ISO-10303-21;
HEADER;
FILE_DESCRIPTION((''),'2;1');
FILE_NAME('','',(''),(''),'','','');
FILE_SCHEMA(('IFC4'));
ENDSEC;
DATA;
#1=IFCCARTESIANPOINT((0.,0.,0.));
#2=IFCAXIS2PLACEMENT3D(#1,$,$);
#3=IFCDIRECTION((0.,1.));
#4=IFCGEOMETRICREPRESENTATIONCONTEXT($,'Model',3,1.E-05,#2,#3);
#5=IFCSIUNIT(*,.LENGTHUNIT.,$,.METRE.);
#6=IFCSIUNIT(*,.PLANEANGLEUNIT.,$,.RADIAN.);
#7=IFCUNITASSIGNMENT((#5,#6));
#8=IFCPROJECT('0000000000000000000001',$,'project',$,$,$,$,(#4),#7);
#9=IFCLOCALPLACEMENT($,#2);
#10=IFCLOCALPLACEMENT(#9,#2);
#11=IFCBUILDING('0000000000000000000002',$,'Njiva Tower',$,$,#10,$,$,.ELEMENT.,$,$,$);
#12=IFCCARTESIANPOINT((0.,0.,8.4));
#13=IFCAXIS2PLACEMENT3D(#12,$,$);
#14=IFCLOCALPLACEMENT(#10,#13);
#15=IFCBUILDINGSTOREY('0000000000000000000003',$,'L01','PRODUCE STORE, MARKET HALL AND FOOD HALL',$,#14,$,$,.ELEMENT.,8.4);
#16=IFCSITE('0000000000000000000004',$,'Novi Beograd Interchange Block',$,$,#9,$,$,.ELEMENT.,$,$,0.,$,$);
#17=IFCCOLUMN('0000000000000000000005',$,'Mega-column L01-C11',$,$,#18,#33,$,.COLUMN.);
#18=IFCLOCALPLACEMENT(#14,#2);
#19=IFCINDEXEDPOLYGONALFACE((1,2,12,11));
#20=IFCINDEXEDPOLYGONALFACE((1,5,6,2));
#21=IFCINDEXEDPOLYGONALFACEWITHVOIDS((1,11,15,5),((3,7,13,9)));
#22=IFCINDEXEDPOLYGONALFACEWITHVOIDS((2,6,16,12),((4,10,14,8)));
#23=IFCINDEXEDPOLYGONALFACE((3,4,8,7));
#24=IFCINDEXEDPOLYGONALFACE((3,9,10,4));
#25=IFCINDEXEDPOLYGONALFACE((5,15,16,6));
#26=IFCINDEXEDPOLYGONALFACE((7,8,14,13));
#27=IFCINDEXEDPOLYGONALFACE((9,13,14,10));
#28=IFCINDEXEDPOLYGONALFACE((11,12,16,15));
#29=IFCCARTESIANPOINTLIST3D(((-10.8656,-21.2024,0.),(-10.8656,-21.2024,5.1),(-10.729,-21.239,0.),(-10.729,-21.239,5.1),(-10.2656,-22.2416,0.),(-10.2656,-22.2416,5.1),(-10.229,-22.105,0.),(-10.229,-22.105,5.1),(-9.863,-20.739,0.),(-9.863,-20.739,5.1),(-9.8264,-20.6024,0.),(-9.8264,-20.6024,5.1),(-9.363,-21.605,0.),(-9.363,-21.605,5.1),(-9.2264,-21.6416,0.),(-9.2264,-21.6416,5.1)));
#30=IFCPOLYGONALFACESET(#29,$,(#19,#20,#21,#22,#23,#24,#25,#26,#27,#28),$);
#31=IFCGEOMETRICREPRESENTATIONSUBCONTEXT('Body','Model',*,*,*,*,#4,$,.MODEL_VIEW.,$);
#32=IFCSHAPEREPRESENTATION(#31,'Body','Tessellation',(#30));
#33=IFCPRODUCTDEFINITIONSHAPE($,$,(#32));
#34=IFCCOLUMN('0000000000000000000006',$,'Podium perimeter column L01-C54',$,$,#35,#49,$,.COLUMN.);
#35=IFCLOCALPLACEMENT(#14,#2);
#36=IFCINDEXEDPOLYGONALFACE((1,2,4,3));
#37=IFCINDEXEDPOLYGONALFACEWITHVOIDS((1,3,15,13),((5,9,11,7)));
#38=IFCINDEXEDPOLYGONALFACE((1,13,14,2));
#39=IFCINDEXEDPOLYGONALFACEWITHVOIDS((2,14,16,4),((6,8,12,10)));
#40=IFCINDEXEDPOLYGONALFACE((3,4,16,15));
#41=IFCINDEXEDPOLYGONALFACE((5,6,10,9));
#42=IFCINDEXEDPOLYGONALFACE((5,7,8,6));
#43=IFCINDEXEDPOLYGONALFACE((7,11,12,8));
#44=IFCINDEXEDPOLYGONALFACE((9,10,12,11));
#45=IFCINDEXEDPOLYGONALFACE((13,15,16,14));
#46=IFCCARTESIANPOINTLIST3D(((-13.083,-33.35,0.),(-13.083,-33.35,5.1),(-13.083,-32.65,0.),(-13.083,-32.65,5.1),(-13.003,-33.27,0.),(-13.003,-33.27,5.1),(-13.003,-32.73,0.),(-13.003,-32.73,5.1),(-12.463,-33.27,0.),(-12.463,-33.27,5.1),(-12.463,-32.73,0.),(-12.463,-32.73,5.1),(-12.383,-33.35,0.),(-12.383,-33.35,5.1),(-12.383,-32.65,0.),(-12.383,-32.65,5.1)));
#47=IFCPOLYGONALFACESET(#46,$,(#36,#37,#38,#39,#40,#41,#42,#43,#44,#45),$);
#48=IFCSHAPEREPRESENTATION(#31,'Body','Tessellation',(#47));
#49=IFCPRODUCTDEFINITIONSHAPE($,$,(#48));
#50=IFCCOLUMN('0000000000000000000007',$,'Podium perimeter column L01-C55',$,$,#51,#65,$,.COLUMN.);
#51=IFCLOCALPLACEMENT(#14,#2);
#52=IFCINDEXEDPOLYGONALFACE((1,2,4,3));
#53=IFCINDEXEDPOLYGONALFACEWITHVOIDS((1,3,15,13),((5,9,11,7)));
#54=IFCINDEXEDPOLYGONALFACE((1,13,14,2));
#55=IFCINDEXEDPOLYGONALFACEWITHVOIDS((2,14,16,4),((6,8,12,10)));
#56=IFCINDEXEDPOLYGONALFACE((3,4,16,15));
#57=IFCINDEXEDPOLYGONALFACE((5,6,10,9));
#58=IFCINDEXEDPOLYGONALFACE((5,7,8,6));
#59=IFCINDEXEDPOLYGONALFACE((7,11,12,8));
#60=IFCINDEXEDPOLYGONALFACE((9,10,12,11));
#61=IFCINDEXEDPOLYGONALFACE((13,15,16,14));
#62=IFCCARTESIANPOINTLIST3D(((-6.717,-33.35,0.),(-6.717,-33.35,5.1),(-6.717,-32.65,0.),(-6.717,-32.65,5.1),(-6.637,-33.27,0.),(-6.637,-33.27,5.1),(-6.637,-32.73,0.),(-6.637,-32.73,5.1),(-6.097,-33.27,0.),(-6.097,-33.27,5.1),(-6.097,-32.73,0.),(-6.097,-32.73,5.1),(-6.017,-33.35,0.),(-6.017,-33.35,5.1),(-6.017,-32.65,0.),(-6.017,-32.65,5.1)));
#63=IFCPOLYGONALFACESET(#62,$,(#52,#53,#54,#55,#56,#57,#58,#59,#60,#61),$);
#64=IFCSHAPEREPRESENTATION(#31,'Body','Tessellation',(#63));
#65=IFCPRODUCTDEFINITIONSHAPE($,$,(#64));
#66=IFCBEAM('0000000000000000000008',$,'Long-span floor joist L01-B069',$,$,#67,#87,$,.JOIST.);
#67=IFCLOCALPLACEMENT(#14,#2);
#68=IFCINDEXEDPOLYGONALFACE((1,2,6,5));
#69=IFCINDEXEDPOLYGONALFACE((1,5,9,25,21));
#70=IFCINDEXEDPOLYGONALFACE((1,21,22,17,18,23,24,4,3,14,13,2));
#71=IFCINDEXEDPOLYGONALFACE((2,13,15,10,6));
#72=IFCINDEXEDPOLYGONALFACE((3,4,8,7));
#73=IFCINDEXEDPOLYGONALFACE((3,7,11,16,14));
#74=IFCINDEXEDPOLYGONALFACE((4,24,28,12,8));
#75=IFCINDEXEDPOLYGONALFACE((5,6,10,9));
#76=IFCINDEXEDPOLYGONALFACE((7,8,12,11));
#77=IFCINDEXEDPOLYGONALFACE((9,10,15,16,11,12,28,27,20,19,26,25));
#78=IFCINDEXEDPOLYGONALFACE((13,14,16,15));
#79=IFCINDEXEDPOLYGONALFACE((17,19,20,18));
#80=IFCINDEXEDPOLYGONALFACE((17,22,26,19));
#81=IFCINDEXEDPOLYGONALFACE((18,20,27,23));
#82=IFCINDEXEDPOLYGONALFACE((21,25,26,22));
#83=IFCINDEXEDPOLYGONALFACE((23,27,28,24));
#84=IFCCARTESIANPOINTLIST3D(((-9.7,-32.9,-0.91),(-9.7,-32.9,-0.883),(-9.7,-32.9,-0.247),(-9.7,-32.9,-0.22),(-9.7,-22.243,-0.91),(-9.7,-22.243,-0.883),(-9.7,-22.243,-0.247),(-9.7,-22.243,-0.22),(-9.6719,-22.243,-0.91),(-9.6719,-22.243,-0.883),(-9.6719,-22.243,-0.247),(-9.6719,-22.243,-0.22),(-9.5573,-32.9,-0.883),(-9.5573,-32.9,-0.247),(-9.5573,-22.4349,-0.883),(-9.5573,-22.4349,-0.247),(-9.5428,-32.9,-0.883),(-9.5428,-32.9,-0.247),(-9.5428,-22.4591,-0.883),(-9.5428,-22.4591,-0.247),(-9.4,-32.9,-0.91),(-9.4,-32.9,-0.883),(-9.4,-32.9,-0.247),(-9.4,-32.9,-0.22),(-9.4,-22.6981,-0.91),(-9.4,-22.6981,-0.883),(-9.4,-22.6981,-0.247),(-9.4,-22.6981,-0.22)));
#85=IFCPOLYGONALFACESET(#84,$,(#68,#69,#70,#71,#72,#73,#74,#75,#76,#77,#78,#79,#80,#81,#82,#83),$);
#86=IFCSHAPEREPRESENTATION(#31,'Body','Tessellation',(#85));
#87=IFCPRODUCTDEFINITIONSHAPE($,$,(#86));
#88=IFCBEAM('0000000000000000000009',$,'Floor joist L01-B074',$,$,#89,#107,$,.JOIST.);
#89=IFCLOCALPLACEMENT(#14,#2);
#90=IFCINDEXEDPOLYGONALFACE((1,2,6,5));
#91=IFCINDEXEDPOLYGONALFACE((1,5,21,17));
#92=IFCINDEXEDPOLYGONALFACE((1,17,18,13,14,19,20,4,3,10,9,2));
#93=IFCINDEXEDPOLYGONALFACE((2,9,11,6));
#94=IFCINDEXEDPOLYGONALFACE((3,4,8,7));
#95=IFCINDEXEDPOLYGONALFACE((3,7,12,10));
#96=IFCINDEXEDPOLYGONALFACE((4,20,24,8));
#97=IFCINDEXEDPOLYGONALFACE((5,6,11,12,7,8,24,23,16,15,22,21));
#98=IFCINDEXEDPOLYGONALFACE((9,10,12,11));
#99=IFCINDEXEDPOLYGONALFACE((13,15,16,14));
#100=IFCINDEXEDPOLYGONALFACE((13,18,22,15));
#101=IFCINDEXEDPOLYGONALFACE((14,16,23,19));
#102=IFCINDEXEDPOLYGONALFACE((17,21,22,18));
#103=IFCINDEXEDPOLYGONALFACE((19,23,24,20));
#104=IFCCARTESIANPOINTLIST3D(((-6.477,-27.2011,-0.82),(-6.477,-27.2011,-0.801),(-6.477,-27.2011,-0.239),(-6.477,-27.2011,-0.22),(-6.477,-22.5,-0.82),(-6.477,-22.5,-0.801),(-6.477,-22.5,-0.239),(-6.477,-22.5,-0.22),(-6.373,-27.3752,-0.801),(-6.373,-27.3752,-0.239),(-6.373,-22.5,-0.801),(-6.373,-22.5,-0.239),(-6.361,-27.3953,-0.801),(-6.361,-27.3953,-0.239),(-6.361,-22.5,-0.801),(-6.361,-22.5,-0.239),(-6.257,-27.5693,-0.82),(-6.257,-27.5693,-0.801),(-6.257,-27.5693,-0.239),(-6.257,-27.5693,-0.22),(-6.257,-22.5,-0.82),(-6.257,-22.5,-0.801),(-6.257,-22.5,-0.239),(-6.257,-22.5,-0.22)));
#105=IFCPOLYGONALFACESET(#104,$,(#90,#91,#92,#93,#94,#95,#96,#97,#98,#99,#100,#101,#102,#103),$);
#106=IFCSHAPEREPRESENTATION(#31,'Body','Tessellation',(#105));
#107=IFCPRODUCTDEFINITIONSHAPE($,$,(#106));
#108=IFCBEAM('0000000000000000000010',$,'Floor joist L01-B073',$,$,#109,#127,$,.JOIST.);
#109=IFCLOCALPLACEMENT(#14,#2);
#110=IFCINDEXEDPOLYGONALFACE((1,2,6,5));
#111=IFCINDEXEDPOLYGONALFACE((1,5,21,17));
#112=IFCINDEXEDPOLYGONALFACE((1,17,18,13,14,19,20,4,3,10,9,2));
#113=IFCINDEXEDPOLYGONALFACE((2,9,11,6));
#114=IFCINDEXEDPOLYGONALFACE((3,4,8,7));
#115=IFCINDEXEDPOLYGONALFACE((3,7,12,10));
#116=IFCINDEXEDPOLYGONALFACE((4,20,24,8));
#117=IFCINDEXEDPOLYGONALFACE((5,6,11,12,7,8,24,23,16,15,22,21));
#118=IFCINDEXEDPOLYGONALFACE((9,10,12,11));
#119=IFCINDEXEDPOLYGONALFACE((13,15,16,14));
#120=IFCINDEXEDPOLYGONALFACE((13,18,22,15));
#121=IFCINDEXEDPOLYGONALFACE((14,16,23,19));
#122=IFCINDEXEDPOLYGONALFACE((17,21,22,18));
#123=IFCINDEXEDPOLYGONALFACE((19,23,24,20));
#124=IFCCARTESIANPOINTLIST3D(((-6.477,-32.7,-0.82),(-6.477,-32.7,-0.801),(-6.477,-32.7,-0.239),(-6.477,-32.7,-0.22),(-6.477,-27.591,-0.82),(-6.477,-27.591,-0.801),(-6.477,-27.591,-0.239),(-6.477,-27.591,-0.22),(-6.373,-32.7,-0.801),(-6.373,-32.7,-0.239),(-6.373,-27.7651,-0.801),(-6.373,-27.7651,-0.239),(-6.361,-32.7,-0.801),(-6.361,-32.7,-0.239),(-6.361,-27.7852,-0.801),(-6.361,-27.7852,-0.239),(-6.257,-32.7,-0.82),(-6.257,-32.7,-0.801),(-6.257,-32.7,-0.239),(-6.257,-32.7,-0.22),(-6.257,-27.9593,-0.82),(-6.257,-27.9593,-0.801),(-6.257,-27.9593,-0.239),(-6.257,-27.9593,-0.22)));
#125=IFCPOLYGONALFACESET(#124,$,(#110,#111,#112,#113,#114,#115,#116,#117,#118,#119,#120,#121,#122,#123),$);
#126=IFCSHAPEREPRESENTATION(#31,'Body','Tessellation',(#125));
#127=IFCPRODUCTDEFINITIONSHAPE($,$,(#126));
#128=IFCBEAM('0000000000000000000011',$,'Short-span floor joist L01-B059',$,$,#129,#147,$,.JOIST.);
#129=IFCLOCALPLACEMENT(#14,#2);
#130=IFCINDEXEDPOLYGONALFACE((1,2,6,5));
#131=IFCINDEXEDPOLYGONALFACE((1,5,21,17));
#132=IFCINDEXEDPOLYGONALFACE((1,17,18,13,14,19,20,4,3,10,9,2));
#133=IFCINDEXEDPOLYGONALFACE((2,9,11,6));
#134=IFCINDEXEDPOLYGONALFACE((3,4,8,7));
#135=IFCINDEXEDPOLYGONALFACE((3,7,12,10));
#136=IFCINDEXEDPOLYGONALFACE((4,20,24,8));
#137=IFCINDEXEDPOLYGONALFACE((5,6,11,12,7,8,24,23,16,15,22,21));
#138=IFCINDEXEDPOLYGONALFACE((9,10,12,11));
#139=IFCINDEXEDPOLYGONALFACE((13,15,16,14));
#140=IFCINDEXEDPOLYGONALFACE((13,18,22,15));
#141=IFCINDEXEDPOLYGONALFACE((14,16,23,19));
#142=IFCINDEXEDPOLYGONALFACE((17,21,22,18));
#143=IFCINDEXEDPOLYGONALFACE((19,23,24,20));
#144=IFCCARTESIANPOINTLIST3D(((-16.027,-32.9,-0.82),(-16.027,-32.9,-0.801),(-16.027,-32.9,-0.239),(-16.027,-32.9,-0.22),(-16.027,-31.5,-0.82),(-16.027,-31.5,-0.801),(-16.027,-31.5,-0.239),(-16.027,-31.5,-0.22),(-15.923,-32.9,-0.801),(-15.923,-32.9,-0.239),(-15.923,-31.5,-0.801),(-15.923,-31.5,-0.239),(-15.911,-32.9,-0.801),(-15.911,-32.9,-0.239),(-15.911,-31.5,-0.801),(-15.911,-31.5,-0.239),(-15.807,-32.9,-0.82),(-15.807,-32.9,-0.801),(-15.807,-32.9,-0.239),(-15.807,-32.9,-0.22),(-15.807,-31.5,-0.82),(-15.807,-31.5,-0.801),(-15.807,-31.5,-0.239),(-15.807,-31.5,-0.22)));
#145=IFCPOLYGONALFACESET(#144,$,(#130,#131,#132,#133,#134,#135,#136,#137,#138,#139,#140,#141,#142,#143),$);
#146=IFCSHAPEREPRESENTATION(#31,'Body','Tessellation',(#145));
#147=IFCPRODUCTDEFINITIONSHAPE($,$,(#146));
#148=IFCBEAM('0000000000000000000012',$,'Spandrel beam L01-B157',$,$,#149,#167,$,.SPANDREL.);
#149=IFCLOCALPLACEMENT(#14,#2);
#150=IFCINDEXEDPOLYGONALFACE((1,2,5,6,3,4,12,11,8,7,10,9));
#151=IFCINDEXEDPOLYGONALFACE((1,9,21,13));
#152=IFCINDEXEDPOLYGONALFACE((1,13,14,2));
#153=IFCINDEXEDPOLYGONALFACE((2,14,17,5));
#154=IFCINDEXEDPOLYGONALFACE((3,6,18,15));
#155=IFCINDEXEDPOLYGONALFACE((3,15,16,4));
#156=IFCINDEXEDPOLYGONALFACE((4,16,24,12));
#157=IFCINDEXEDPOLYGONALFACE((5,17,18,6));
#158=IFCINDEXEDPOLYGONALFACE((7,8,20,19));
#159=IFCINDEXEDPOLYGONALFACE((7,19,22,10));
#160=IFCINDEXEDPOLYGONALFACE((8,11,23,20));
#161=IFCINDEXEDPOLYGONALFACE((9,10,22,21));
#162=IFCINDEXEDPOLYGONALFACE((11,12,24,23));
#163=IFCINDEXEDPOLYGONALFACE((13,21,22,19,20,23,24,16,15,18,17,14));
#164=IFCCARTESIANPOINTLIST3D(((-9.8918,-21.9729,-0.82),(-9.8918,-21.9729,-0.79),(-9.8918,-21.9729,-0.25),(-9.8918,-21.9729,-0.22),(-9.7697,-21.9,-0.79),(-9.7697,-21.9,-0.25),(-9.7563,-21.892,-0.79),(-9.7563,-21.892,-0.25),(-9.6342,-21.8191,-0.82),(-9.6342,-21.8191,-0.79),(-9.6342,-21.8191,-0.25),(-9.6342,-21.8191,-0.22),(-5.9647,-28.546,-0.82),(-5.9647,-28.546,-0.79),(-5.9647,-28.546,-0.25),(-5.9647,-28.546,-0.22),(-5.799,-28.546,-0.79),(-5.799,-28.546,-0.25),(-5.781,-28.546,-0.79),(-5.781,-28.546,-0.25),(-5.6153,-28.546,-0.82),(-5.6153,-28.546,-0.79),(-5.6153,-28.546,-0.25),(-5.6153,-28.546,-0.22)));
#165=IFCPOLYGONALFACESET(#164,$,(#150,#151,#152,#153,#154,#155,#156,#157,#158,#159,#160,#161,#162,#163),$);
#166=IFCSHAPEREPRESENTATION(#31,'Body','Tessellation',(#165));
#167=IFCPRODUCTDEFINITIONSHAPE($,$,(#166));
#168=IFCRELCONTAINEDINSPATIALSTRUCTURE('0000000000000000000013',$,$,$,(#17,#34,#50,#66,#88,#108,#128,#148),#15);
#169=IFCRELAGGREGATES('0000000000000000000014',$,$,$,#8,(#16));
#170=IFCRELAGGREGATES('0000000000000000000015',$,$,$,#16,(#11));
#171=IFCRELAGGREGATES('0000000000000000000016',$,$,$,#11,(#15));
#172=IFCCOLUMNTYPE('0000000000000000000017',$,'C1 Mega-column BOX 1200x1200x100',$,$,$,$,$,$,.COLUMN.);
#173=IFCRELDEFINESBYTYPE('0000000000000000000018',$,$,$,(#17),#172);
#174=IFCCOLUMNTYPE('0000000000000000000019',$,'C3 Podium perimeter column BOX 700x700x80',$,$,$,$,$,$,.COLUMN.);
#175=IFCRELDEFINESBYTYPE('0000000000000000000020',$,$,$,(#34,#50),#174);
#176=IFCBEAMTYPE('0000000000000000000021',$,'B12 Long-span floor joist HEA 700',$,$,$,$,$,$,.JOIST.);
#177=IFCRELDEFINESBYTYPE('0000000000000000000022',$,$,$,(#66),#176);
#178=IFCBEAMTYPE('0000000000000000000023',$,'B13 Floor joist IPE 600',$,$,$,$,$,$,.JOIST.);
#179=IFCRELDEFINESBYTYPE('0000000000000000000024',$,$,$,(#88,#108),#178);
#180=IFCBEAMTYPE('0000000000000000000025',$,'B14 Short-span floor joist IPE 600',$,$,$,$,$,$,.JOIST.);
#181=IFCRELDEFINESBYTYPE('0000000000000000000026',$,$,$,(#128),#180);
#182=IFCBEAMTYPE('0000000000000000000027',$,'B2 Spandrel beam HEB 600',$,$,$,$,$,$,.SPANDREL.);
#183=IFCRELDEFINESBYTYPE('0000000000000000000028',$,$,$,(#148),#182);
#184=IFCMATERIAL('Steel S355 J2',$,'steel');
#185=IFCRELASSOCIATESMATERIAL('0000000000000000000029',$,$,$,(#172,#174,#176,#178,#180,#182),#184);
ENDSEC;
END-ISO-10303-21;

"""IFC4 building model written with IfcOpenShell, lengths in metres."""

from ifc_helpers import new_model, si_unit, direction, frame, origin, origin_2d, place, context, subcontext, project, spatial, hollow_rectangle, i_section, extrude, clip, halfspace, material, material_profile, profile_set, type_object, element, save


model = new_model("IFC4")

# Units and contexts
model_context = context("Model", 3, precision=1e-05, world=origin(), true_north=direction((0.0, 1.0)))
body_context = subcontext(model_context, "Body", "Model", "MODEL_VIEW")
ifc_project = project(units=[si_unit("LENGTHUNIT", "METRE"), si_unit("PLANEANGLEUNIT", "RADIAN")], contexts=[model_context])

# Site, building, storey
site_placement = place(None, origin())
site = spatial("IfcSite", under=ifc_project, at=site_placement, Name="Novi Beograd Interchange Block", CompositionType="ELEMENT", RefElevation=0.0)
building_placement = place(site_placement, origin())
building = spatial("IfcBuilding", under=site, at=building_placement, Name="Njiva Tower", CompositionType="ELEMENT")
storey_placement = place(building_placement, frame((0.0, 0.0, 8.4)))
storey = spatial("IfcBuildingStorey", under=building, at=storey_placement, Name="L01", Description="PRODUCE STORE, MARKET HALL AND FOOD HALL", CompositionType="ELEMENT", Elevation=8.4)

# Columns
ifc_material_1 = material(Name="Steel S355 J2", Category="steel")
ifc_material_profile_1 = material_profile(ifc_material_1, hollow_rectangle(XDim=1.2, YDim=1.2, WallThickness=0.1, at=origin_2d()), Name="BOX 1200x1200x100")
ifc_profile_set_1 = profile_set([ifc_material_profile_1], Name="Steel S355 J2")
column_type_1 = type_object("IfcColumnType", Name="C1 Mega-column BOX 1200x1200x100", PredefinedType="COLUMN", material=ifc_profile_set_1)
column_placement = place(storey_placement, frame((-10.046, -21.422, 0.0), z_axis=(0.0, 0.0, 1.0), x_axis=(0.5, -0.866025, 0.0)))
element("IfcColumn", 1, at=column_placement, inside=storey, type_object=column_type_1, Name="Mega-column L01-C11", PredefinedType="COLUMN", context=body_context, shape_type="SweptSolid", body=[
    extrude(hollow_rectangle(XDim=1.2, YDim=1.2, WallThickness=0.1, at=origin_2d()), origin(), (0.0, 0.0, 1.0), 5.1),
])
ifc_material_profile_2 = material_profile(ifc_material_1, hollow_rectangle(XDim=0.7, YDim=0.7, WallThickness=0.08, at=origin_2d()), Name="BOX 700x700x80")
ifc_profile_set_2 = profile_set([ifc_material_profile_2], Name="Steel S355 J2")
column_type_2 = type_object("IfcColumnType", Name="C3 Podium perimeter column BOX 700x700x80", PredefinedType="COLUMN", material=ifc_profile_set_2)
for number, where, z_axis, x_axis, name in (
    (2, (-12.733, -33.0, 0.0), (0.0, 0.0, 1.0), (1.0, 0.0, 0.0), "Podium perimeter column L01-C54"),
    (3, (-6.367, -33.0, 0.0), (0.0, 0.0, 1.0), (1.0, 0.0, 0.0), "Podium perimeter column L01-C55"),
):
    element("IfcColumn", number, at=place(storey_placement, frame(where, z_axis=z_axis, x_axis=x_axis)), inside=storey, type_object=column_type_2, Name=name, PredefinedType="COLUMN", context=body_context, shape_type="SweptSolid", body=[
        extrude(hollow_rectangle(XDim=0.7, YDim=0.7, WallThickness=0.08, at=origin_2d()), origin(), (0.0, 0.0, 1.0), 5.1),
    ])

# Beams
ifc_material_profile_3 = material_profile(ifc_material_1, i_section(OverallWidth=0.3, OverallDepth=0.69, WebThickness=0.0145, FlangeThickness=0.027, at=origin_2d()), Name="HEA 700")
ifc_profile_set_3 = profile_set([ifc_material_profile_3], Name="Steel S355 J2")
beam_type_1 = type_object("IfcBeamType", Name="B12 Long-span floor joist HEA 700", PredefinedType="JOIST", material=ifc_profile_set_3)
beam_1_placement = place(storey_placement, frame((-9.55, -22.243, -0.565), z_axis=(0.0, -1.0, 0.0), x_axis=(1.0, 0.0, 0.0)))
element("IfcBeam", 4, at=beam_1_placement, inside=storey, type_object=beam_type_1, Name="Long-span floor joist L01-B069", PredefinedType="JOIST", context=body_context, shape_type="Clipping", body=[
    clip(extrude(i_section(OverallWidth=0.3, OverallDepth=0.69, WebThickness=0.0145, FlangeThickness=0.027, at=origin_2d()), origin(), (0.0, 0.0, 1.0), 10.657), halfspace(frame((0.0429, 0.0, 0.2758), z_axis=(0.858483, 0.0, -0.512842), x_axis=(0.0, -1.0, 0.0)), False)),
])
ifc_material_profile_4 = material_profile(ifc_material_1, i_section(OverallWidth=0.22, OverallDepth=0.6, WebThickness=0.012, FlangeThickness=0.019, at=origin_2d()), Name="IPE 600")
ifc_profile_set_4 = profile_set([ifc_material_profile_4], Name="Steel S355 J2")
beam_type_2 = type_object("IfcBeamType", Name="B13 Floor joist IPE 600", PredefinedType="JOIST", material=ifc_profile_set_4)
beam_2_placement = place(storey_placement, frame((-6.367, -22.5, -0.52), z_axis=(0.0, -1.0, 0.0), x_axis=(1.0, 0.0, 0.0)))
element("IfcBeam", 5, at=beam_2_placement, inside=storey, type_object=beam_type_2, Name="Floor joist L01-B074", PredefinedType="JOIST", context=body_context, shape_type="Clipping", body=[
    clip(extrude(i_section(OverallWidth=0.22, OverallDepth=0.6, WebThickness=0.012, FlangeThickness=0.019, at=origin_2d()), origin(), (0.0, 0.0, 1.0), 5.09), halfspace(frame((-0.0426, 0.0, 4.8139), z_axis=(-0.858483, 0.0, 0.512842), x_axis=(0.0, 1.0, 0.0)), False)),
])
beam_3_placement = place(storey_placement, frame((-6.367, -27.572, -0.52), z_axis=(0.0, -1.0, 0.0), x_axis=(1.0, 0.0, 0.0)))
element("IfcBeam", 6, at=beam_3_placement, inside=storey, type_object=beam_type_2, Name="Floor joist L01-B073", PredefinedType="JOIST", context=body_context, shape_type="Clipping", body=[
    clip(extrude(i_section(OverallWidth=0.22, OverallDepth=0.6, WebThickness=0.012, FlangeThickness=0.019, at=origin_2d()), origin(), (0.0, 0.0, 1.0), 5.128), halfspace(frame((0.0433, 0.0, 0.2756), z_axis=(0.858483, 0.0, -0.512842), x_axis=(0.0, -1.0, 0.0)), False)),
])
ifc_material_profile_5 = material_profile(ifc_material_1, i_section(OverallWidth=0.22, OverallDepth=0.6, WebThickness=0.012, FlangeThickness=0.019, at=origin_2d()), Name="IPE 600")
ifc_profile_set_5 = profile_set([ifc_material_profile_5], Name="Steel S355 J2")
beam_type_3 = type_object("IfcBeamType", Name="B14 Short-span floor joist IPE 600", PredefinedType="JOIST", material=ifc_profile_set_5)
beam_4_placement = place(storey_placement, frame((-15.917, -31.5, -0.52), z_axis=(0.0, -1.0, 0.0), x_axis=(1.0, 0.0, 0.0)))
element("IfcBeam", 7, at=beam_4_placement, inside=storey, type_object=beam_type_3, Name="Short-span floor joist L01-B059", PredefinedType="JOIST", context=body_context, shape_type="SweptSolid", body=[
    extrude(i_section(OverallWidth=0.22, OverallDepth=0.6, WebThickness=0.012, FlangeThickness=0.019, at=origin_2d()), origin(), (0.0, 0.0, 1.0), 1.4),
])
ifc_material_profile_6 = material_profile(ifc_material_1, i_section(OverallWidth=0.3, OverallDepth=0.6, WebThickness=0.0155, FlangeThickness=0.03, at=origin_2d()), Name="HEB 600")
ifc_profile_set_6 = profile_set([ifc_material_profile_6], Name="Steel S355 J2")
beam_type_4 = type_object("IfcBeamType", Name="B2 Spandrel beam HEB 600", PredefinedType="SPANDREL", material=ifc_profile_set_6)
beam_5_placement = place(storey_placement, frame((-9.763, -21.896, -0.52), z_axis=(0.512881, -0.85846, 0.0), x_axis=(0.85846, 0.512881, 0.0)))
element("IfcBeam", 8, at=beam_5_placement, inside=storey, type_object=beam_type_4, Name="Spandrel beam L01-B157", PredefinedType="SPANDREL", context=body_context, shape_type="Clipping", body=[
    clip(extrude(i_section(OverallWidth=0.3, OverallDepth=0.6, WebThickness=0.0155, FlangeThickness=0.03, at=origin_2d()), origin(), (0.0, 0.0, 1.0), 7.8564), halfspace(frame((-0.0257, 0.0, 7.7311), z_axis=(-0.512881, 0.0, 0.85846), x_axis=(0.0, 1.0, 0.0)), False)),
])

save(model, "model.ifc")
